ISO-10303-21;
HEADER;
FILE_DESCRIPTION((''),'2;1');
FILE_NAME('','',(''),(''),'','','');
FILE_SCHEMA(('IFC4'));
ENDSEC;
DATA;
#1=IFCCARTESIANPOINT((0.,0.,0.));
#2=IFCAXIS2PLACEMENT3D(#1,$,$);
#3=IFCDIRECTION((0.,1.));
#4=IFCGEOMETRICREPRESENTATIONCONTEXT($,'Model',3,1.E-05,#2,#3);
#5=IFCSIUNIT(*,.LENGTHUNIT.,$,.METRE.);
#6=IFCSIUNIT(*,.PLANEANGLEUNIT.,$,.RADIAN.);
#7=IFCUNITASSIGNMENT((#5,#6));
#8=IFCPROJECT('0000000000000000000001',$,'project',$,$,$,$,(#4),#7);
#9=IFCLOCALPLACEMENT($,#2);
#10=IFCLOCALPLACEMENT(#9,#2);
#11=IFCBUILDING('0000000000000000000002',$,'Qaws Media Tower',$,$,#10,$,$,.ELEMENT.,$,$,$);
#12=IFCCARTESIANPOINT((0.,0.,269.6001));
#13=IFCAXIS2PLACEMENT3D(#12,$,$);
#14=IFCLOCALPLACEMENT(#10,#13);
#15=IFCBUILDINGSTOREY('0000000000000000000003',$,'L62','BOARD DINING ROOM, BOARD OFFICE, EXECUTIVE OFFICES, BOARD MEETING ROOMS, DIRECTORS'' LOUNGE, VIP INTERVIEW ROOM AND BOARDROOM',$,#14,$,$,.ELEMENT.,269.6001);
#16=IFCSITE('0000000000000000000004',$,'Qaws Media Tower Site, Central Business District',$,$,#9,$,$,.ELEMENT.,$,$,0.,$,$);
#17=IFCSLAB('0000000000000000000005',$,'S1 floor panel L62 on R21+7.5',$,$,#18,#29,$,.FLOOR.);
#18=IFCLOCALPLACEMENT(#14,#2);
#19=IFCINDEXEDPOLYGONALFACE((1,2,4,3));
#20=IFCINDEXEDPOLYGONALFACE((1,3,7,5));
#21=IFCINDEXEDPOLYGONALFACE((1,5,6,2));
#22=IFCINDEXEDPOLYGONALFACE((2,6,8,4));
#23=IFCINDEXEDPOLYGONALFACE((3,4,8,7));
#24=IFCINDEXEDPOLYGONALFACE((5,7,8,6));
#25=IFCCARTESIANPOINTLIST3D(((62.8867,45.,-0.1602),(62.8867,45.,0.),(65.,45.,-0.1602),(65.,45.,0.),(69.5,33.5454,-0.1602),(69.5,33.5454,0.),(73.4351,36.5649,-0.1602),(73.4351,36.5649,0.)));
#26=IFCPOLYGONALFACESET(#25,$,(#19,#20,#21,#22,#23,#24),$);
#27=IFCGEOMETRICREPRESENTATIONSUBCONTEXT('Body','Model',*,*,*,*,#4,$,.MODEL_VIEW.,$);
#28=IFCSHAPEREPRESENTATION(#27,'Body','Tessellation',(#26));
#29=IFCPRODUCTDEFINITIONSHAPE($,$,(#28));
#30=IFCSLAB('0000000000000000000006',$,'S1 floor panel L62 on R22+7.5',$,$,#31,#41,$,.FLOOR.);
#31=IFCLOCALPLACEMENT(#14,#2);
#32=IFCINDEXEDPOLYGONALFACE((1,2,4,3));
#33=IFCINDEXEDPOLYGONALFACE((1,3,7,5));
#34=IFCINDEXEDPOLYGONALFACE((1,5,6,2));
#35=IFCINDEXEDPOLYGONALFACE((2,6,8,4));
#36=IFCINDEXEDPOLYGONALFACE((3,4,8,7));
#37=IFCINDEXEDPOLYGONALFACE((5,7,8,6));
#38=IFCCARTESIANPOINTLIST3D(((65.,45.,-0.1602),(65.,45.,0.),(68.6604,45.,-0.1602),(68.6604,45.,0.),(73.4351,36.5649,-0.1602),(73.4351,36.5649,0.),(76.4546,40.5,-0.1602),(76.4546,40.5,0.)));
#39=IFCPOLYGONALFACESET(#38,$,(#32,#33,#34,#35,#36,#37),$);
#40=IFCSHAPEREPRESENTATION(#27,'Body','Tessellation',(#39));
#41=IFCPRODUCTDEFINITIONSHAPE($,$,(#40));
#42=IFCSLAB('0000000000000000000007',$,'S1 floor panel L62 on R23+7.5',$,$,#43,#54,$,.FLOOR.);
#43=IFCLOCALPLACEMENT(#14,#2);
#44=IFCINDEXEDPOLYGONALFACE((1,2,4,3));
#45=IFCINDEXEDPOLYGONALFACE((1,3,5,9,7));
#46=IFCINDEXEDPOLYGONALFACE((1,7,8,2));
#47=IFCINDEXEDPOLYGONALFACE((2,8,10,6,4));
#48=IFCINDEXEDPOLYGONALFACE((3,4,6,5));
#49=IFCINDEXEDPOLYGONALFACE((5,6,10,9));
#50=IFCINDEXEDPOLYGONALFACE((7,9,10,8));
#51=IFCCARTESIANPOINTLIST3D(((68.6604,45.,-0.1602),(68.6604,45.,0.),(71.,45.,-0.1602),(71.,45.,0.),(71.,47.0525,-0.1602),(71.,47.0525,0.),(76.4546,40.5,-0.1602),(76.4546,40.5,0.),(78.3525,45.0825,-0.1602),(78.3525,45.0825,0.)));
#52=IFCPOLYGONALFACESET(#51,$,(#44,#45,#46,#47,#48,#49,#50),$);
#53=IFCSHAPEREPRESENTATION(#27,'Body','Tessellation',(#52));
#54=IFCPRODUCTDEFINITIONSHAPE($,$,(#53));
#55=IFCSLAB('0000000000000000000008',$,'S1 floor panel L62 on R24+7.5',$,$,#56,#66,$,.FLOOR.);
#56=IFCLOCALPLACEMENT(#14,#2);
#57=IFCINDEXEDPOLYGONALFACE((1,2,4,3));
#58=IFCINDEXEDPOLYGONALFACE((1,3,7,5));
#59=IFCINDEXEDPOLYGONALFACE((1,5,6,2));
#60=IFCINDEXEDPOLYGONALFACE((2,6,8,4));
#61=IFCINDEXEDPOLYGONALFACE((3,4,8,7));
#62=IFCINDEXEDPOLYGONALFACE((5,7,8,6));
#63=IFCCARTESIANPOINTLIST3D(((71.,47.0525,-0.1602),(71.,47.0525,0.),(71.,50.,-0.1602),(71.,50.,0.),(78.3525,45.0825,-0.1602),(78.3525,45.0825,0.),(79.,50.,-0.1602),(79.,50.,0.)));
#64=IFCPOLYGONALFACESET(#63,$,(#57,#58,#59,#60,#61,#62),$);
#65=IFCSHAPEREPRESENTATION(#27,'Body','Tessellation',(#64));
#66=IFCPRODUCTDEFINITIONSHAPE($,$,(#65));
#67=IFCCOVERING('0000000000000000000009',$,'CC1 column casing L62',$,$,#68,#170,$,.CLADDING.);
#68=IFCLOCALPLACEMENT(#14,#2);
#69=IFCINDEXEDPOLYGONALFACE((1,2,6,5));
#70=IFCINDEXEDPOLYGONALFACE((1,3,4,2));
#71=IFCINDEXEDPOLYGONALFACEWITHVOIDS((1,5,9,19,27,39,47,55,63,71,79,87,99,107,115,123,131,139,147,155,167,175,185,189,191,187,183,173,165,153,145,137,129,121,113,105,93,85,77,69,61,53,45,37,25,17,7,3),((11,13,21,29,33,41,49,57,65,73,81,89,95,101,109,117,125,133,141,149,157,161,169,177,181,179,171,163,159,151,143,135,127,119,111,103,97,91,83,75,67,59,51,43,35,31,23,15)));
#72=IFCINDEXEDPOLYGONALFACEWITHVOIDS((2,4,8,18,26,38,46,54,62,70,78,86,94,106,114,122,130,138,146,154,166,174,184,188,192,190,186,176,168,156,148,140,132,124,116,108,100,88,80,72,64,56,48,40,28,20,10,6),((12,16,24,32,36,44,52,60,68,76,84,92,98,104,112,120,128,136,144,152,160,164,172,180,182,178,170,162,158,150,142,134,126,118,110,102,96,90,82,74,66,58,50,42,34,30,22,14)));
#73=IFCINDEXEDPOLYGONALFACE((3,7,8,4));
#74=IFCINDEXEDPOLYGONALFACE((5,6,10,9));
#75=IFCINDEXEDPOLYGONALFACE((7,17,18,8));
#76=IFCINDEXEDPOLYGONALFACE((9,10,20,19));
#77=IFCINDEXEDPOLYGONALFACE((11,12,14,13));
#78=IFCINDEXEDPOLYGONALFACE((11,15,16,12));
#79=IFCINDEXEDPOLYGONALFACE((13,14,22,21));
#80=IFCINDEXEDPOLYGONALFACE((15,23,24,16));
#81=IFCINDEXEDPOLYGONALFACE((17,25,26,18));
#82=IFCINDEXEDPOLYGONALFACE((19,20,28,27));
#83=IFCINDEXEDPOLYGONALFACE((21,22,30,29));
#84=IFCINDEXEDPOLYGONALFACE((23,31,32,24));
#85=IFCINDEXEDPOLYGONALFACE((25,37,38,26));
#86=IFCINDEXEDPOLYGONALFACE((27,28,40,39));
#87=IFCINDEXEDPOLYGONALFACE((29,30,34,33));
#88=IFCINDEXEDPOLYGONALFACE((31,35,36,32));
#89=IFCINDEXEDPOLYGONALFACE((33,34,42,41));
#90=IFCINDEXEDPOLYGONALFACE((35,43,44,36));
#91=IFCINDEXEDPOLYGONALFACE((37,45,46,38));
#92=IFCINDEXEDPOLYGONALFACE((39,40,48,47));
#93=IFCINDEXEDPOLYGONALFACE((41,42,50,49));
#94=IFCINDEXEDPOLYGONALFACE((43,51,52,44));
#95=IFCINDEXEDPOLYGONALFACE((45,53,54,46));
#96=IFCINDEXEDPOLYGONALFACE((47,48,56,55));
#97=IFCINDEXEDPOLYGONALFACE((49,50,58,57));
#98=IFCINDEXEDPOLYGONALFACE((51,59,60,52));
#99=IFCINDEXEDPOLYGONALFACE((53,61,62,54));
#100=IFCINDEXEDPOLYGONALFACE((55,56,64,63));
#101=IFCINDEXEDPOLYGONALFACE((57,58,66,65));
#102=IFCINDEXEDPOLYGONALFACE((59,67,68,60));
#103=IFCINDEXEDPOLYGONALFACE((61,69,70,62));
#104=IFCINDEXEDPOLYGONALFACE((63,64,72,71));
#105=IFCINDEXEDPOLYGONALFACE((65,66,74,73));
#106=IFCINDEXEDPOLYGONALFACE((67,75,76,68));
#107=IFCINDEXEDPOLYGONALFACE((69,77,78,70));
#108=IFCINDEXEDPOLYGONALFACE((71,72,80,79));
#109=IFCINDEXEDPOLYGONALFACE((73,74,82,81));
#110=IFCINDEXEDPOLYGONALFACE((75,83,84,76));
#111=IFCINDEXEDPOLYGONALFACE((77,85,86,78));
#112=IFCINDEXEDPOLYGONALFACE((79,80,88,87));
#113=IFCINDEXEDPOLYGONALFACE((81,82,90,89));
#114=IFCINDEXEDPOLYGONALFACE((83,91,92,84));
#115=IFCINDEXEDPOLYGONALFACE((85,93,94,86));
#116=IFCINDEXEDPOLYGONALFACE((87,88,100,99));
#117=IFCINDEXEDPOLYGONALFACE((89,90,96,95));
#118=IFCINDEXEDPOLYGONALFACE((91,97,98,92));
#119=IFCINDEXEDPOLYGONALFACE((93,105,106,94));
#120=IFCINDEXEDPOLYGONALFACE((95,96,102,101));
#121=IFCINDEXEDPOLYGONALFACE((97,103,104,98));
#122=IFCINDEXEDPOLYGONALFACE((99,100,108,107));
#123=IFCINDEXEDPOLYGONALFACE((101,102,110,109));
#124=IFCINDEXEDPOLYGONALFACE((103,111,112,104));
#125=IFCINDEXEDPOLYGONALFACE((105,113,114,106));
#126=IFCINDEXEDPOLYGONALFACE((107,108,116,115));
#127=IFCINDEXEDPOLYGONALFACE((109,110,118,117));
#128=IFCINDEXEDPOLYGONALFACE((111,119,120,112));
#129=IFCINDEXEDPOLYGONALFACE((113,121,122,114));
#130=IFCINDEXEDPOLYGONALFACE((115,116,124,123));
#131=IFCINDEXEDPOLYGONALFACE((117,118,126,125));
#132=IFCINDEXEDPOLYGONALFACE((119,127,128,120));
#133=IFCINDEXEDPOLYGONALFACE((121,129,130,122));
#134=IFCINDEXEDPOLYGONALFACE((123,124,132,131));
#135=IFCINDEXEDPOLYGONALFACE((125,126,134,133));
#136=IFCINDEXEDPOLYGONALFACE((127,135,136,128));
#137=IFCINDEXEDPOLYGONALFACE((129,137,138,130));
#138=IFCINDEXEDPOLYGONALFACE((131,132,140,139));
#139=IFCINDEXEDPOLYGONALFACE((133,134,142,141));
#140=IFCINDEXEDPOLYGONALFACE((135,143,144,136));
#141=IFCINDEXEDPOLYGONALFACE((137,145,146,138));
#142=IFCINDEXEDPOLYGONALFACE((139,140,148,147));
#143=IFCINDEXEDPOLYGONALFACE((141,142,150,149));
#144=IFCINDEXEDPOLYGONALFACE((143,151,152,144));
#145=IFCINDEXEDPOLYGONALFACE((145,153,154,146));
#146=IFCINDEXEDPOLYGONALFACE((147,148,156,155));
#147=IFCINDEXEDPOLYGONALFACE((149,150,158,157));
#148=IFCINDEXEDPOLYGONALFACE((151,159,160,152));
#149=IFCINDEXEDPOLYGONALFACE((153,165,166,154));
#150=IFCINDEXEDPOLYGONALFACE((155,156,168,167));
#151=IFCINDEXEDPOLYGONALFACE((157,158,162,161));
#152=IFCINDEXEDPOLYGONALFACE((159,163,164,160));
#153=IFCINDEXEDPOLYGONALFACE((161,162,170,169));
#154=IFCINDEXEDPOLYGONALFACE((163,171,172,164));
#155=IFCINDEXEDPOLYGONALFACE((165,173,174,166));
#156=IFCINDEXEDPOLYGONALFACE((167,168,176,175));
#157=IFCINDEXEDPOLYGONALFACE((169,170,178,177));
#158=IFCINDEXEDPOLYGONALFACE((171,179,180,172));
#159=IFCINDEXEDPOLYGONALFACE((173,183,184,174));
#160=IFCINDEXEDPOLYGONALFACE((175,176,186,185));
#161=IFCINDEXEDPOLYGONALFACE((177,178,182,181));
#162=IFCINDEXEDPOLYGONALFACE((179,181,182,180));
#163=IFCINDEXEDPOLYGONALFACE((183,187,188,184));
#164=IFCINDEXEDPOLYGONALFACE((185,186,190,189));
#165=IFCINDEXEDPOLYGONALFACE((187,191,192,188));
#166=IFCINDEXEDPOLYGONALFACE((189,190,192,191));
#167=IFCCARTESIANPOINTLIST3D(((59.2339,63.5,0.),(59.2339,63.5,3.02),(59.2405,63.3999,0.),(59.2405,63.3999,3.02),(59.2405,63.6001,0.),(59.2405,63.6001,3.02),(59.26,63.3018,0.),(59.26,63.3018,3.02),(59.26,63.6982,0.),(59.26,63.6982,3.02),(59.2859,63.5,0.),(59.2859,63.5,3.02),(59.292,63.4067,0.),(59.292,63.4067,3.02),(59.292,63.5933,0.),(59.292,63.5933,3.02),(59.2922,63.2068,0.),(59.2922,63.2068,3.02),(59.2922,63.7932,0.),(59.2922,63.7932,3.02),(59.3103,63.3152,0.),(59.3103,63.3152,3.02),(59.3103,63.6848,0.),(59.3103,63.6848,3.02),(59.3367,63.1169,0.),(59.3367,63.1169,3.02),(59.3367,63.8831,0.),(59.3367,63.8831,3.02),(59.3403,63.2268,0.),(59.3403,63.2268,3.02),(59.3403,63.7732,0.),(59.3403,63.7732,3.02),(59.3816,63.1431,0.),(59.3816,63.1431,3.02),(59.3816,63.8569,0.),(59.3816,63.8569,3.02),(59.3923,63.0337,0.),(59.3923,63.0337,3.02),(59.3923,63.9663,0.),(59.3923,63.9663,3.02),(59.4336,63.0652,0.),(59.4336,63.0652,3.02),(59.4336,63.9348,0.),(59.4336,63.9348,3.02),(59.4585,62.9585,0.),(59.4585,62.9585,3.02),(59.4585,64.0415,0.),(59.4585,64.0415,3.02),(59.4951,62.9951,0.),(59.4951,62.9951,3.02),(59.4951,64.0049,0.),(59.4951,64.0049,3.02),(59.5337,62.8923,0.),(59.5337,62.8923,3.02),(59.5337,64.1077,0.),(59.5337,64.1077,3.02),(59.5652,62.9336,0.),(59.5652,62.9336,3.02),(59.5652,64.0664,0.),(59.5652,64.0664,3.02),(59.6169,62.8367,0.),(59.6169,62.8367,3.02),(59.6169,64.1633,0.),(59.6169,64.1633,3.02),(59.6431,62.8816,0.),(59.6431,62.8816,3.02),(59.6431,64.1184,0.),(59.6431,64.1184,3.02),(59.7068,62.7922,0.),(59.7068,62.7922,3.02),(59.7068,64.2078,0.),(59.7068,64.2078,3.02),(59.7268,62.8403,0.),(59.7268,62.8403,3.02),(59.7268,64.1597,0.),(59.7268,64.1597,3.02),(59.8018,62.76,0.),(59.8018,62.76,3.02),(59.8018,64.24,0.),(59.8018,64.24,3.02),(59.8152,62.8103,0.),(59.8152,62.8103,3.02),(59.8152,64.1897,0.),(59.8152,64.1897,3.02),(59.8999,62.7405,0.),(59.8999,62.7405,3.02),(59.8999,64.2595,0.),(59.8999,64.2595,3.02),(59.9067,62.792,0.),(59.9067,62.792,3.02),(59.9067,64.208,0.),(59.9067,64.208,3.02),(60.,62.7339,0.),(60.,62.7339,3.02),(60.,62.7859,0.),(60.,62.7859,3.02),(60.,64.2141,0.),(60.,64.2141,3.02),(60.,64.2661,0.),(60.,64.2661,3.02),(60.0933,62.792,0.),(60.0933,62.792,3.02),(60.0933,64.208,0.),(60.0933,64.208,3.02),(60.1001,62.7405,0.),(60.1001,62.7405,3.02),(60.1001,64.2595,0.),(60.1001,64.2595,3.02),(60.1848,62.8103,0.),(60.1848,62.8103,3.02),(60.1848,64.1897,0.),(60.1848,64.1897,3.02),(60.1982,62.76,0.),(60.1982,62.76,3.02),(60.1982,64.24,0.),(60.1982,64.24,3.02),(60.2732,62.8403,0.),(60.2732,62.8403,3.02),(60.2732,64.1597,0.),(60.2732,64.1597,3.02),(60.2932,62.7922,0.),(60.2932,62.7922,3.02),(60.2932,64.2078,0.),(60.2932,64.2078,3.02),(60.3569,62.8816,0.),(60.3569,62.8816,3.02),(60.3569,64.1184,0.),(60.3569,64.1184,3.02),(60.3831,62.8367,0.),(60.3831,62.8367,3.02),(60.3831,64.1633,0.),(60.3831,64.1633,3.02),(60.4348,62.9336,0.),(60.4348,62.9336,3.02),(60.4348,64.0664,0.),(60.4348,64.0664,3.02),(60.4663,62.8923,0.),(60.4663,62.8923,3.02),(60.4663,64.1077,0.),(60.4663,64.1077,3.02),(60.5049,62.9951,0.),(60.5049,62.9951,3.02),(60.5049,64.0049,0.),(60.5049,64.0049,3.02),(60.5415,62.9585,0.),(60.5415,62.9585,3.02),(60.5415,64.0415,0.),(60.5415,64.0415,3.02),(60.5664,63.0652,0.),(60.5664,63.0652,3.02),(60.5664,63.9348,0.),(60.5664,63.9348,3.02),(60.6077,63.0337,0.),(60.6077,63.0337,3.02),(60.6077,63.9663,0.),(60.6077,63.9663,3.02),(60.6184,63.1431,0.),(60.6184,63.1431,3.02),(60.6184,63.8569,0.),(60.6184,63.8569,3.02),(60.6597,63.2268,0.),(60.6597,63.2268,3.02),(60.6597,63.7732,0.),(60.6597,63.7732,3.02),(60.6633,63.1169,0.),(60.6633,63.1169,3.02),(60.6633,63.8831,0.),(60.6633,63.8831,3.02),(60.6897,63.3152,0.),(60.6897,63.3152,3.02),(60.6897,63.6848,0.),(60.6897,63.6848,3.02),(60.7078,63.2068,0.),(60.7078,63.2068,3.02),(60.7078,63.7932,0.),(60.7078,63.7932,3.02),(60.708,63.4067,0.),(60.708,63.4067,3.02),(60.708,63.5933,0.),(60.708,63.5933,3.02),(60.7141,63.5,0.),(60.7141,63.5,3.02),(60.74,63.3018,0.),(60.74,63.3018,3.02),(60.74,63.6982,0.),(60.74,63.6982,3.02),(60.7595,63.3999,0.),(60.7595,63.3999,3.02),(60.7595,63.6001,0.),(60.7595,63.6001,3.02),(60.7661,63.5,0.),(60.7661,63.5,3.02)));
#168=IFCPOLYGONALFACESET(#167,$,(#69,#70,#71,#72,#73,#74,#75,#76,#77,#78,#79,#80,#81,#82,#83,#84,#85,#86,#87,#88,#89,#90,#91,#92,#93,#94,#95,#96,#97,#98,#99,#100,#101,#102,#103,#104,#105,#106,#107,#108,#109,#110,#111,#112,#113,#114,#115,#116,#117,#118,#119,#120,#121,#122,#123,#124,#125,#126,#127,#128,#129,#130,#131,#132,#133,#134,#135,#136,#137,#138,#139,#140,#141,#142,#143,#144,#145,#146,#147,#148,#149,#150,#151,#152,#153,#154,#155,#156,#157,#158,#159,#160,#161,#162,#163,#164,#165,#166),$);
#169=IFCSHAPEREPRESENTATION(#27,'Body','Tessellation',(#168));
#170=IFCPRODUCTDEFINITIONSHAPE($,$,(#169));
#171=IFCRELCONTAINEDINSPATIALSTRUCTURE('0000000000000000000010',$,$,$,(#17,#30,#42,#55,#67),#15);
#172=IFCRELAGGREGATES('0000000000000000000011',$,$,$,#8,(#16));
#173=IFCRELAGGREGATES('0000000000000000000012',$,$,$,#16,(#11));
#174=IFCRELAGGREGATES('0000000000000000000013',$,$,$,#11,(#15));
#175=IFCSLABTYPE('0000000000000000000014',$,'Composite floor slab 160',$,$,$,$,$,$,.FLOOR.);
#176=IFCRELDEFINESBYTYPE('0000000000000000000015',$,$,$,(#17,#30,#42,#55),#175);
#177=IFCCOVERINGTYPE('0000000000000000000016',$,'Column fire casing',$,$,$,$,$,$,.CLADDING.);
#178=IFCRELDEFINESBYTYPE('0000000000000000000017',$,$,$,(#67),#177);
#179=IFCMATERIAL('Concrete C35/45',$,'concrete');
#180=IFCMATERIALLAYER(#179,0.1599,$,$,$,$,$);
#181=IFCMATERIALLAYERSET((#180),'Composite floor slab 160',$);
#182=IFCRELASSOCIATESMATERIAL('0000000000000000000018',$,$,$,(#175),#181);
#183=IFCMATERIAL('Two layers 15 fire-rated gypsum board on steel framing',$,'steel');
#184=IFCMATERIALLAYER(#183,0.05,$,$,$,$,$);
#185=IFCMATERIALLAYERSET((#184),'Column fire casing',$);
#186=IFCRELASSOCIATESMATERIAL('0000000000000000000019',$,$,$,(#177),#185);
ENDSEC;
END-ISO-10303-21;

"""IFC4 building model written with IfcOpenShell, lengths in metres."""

from ifc_helpers import new_model, si_unit, direction, frame, origin, place, context, subcontext, project, spatial, polyline, outline, extrude, material, layer, layer_set, type_object, element, save


model = new_model("IFC4")

# Units and contexts
model_context = context("Model", 3, precision=1e-05, world=origin(), true_north=direction((0.0, 1.0)))
body_context = subcontext(model_context, "Body", "Model", "MODEL_VIEW")
ifc_project = project(units=[si_unit("LENGTHUNIT", "METRE"), si_unit("PLANEANGLEUNIT", "RADIAN")], contexts=[model_context])

# Site, building, storey
site_placement = place(None, origin())
site = spatial("IfcSite", under=ifc_project, at=site_placement, Name="Qaws Media Tower Site, Central Business District", CompositionType="ELEMENT", RefElevation=0.0)
building_placement = place(site_placement, origin())
building = spatial("IfcBuilding", under=site, at=building_placement, Name="Qaws Media Tower", CompositionType="ELEMENT")
storey_placement = place(building_placement, frame((0.0, 0.0, 269.6001)))
storey = spatial("IfcBuildingStorey", under=building, at=storey_placement, Name="L62", Description="BOARD DINING ROOM, BOARD OFFICE, EXECUTIVE OFFICES, BOARD MEETING ROOMS, DIRECTORS' LOUNGE, VIP INTERVIEW ROOM AND BOARDROOM", CompositionType="ELEMENT", Elevation=269.6001)

# Slabs
ifc_material_1 = material(Name="Concrete C35/45", Category="concrete")
ifc_layer_1 = layer(ifc_material_1, 0.1599)
ifc_layer_set_1 = layer_set([ifc_layer_1], Name="Composite floor slab 160")
slab_type_1 = type_object("IfcSlabType", Name="Composite floor slab 160", PredefinedType="FLOOR", material=ifc_layer_set_1)
slab_1_placement = place(storey_placement, frame((0.0, 0.0, -0.1602)))
element("IfcSlab", 1, at=slab_1_placement, inside=storey, type_object=slab_type_1, Name="S1 floor panel L62 on R21+7.5", PredefinedType="FLOOR", context=body_context, shape_type="SweptSolid", body=[
    extrude(outline(polyline([(69.5, 33.5454), (62.8867, 45.0), (65.0, 45.0), (73.4351, 36.5649), (69.5, 33.5454)])), origin(), (0.0, 0.0, 1.0), 0.1602),
])
slab_2_placement = place(storey_placement, frame((0.0, 0.0, -0.1602)))
element("IfcSlab", 2, at=slab_2_placement, inside=storey, type_object=slab_type_1, Name="S1 floor panel L62 on R22+7.5", PredefinedType="FLOOR", context=body_context, shape_type="SweptSolid", body=[
    extrude(outline(polyline([(73.4351, 36.5649), (65.0, 45.0), (68.6604, 45.0), (76.4546, 40.5), (73.4351, 36.5649)])), origin(), (0.0, 0.0, 1.0), 0.1602),
])
slab_3_placement = place(storey_placement, frame((0.0, 0.0, -0.1602)))
element("IfcSlab", 3, at=slab_3_placement, inside=storey, type_object=slab_type_1, Name="S1 floor panel L62 on R23+7.5", PredefinedType="FLOOR", context=body_context, shape_type="SweptSolid", body=[
    extrude(outline(polyline([(78.3525, 45.0825), (76.4546, 40.5), (68.6604, 45.0), (71.0, 45.0), (71.0, 47.0525), (78.3525, 45.0825)])), origin(), (0.0, 0.0, 1.0), 0.1602),
])
slab_4_placement = place(storey_placement, frame((0.0, 0.0, -0.1602)))
element("IfcSlab", 4, at=slab_4_placement, inside=storey, type_object=slab_type_1, Name="S1 floor panel L62 on R24+7.5", PredefinedType="FLOOR", context=body_context, shape_type="SweptSolid", body=[
    extrude(outline(polyline([(78.3525, 45.0825), (71.0, 47.0525), (71.0, 50.0), (79.0, 50.0), (78.3525, 45.0825)])), origin(), (0.0, 0.0, 1.0), 0.1602),
])

# Covering
ifc_material_2 = material(Name="Two layers 15 fire-rated gypsum board on steel framing", Category="steel")
ifc_layer_2 = layer(ifc_material_2, 0.05)
ifc_layer_set_2 = layer_set([ifc_layer_2], Name="Column fire casing")
covering_type = type_object("IfcCoveringType", Name="Column fire casing", PredefinedType="CLADDING", material=ifc_layer_set_2)
covering_placement = place(storey_placement, origin())
element("IfcCovering", 5, at=covering_placement, inside=storey, type_object=covering_type, Name="CC1 column casing L62", PredefinedType="CLADDING", context=body_context, shape_type="SweptSolid", body=[
    extrude(outline(polyline([(60.7661, 63.5), (60.7595, 63.3999), (60.74, 63.3018), (60.7078, 63.2068), (60.6633, 63.1169), (60.6077, 63.0337), (60.5415, 62.9585), (60.4663, 62.8923), (60.3831, 62.8367), (60.2932, 62.7922), (60.1982, 62.76), (60.1001, 62.7405), (60.0, 62.7339), (59.8999, 62.7405), (59.8018, 62.76), (59.7068, 62.7922), (59.6169, 62.8367), (59.5337, 62.8923), (59.4585, 62.9585), (59.3923, 63.0337), (59.3367, 63.1169), (59.2922, 63.2068), (59.26, 63.3018), (59.2405, 63.3999), (59.2339, 63.5), (59.2405, 63.6001), (59.26, 63.6982), (59.2922, 63.7932), (59.3367, 63.8831), (59.3923, 63.9663), (59.4585, 64.0415), (59.5337, 64.1077), (59.6169, 64.1633), (59.7068, 64.2078), (59.8018, 64.24), (59.8999, 64.2595), (60.0, 64.2661), (60.1001, 64.2595), (60.1982, 64.24), (60.2932, 64.2078), (60.3831, 64.1633), (60.4663, 64.1077), (60.5415, 64.0415), (60.6077, 63.9663), (60.6633, 63.8831), (60.7078, 63.7932), (60.74, 63.6982), (60.7595, 63.6001), (60.7661, 63.5)]), holes=[polyline([(60.7141, 63.5), (60.708, 63.4067), (60.6897, 63.3152), (60.6597, 63.2268), (60.6184, 63.1431), (60.5664, 63.0652), (60.5049, 62.9951), (60.4348, 62.9336), (60.3569, 62.8816), (60.2732, 62.8403), (60.1848, 62.8103), (60.0933, 62.792), (60.0, 62.7859), (59.9067, 62.792), (59.8152, 62.8103), (59.7268, 62.8403), (59.6431, 62.8816), (59.5652, 62.9336), (59.4951, 62.9951), (59.4336, 63.0652), (59.3816, 63.1431), (59.3403, 63.2268), (59.3103, 63.3152), (59.292, 63.4067), (59.2859, 63.5), (59.292, 63.5933), (59.3103, 63.6848), (59.3403, 63.7732), (59.3816, 63.8569), (59.4336, 63.9348), (59.4951, 64.0049), (59.5652, 64.0664), (59.6431, 64.1184), (59.7268, 64.1597), (59.8152, 64.1897), (59.9067, 64.208), (60.0, 64.2141), (60.0933, 64.208), (60.1848, 64.1897), (60.2732, 64.1597), (60.3569, 64.1184), (60.4348, 64.0664), (60.5049, 64.0049), (60.5664, 63.9348), (60.6184, 63.8569), (60.6597, 63.7732), (60.6897, 63.6848), (60.708, 63.5933), (60.7141, 63.5)])]), origin(), (0.0, 0.0, 1.0), 3.02),
])

save(model, "model.ifc")
